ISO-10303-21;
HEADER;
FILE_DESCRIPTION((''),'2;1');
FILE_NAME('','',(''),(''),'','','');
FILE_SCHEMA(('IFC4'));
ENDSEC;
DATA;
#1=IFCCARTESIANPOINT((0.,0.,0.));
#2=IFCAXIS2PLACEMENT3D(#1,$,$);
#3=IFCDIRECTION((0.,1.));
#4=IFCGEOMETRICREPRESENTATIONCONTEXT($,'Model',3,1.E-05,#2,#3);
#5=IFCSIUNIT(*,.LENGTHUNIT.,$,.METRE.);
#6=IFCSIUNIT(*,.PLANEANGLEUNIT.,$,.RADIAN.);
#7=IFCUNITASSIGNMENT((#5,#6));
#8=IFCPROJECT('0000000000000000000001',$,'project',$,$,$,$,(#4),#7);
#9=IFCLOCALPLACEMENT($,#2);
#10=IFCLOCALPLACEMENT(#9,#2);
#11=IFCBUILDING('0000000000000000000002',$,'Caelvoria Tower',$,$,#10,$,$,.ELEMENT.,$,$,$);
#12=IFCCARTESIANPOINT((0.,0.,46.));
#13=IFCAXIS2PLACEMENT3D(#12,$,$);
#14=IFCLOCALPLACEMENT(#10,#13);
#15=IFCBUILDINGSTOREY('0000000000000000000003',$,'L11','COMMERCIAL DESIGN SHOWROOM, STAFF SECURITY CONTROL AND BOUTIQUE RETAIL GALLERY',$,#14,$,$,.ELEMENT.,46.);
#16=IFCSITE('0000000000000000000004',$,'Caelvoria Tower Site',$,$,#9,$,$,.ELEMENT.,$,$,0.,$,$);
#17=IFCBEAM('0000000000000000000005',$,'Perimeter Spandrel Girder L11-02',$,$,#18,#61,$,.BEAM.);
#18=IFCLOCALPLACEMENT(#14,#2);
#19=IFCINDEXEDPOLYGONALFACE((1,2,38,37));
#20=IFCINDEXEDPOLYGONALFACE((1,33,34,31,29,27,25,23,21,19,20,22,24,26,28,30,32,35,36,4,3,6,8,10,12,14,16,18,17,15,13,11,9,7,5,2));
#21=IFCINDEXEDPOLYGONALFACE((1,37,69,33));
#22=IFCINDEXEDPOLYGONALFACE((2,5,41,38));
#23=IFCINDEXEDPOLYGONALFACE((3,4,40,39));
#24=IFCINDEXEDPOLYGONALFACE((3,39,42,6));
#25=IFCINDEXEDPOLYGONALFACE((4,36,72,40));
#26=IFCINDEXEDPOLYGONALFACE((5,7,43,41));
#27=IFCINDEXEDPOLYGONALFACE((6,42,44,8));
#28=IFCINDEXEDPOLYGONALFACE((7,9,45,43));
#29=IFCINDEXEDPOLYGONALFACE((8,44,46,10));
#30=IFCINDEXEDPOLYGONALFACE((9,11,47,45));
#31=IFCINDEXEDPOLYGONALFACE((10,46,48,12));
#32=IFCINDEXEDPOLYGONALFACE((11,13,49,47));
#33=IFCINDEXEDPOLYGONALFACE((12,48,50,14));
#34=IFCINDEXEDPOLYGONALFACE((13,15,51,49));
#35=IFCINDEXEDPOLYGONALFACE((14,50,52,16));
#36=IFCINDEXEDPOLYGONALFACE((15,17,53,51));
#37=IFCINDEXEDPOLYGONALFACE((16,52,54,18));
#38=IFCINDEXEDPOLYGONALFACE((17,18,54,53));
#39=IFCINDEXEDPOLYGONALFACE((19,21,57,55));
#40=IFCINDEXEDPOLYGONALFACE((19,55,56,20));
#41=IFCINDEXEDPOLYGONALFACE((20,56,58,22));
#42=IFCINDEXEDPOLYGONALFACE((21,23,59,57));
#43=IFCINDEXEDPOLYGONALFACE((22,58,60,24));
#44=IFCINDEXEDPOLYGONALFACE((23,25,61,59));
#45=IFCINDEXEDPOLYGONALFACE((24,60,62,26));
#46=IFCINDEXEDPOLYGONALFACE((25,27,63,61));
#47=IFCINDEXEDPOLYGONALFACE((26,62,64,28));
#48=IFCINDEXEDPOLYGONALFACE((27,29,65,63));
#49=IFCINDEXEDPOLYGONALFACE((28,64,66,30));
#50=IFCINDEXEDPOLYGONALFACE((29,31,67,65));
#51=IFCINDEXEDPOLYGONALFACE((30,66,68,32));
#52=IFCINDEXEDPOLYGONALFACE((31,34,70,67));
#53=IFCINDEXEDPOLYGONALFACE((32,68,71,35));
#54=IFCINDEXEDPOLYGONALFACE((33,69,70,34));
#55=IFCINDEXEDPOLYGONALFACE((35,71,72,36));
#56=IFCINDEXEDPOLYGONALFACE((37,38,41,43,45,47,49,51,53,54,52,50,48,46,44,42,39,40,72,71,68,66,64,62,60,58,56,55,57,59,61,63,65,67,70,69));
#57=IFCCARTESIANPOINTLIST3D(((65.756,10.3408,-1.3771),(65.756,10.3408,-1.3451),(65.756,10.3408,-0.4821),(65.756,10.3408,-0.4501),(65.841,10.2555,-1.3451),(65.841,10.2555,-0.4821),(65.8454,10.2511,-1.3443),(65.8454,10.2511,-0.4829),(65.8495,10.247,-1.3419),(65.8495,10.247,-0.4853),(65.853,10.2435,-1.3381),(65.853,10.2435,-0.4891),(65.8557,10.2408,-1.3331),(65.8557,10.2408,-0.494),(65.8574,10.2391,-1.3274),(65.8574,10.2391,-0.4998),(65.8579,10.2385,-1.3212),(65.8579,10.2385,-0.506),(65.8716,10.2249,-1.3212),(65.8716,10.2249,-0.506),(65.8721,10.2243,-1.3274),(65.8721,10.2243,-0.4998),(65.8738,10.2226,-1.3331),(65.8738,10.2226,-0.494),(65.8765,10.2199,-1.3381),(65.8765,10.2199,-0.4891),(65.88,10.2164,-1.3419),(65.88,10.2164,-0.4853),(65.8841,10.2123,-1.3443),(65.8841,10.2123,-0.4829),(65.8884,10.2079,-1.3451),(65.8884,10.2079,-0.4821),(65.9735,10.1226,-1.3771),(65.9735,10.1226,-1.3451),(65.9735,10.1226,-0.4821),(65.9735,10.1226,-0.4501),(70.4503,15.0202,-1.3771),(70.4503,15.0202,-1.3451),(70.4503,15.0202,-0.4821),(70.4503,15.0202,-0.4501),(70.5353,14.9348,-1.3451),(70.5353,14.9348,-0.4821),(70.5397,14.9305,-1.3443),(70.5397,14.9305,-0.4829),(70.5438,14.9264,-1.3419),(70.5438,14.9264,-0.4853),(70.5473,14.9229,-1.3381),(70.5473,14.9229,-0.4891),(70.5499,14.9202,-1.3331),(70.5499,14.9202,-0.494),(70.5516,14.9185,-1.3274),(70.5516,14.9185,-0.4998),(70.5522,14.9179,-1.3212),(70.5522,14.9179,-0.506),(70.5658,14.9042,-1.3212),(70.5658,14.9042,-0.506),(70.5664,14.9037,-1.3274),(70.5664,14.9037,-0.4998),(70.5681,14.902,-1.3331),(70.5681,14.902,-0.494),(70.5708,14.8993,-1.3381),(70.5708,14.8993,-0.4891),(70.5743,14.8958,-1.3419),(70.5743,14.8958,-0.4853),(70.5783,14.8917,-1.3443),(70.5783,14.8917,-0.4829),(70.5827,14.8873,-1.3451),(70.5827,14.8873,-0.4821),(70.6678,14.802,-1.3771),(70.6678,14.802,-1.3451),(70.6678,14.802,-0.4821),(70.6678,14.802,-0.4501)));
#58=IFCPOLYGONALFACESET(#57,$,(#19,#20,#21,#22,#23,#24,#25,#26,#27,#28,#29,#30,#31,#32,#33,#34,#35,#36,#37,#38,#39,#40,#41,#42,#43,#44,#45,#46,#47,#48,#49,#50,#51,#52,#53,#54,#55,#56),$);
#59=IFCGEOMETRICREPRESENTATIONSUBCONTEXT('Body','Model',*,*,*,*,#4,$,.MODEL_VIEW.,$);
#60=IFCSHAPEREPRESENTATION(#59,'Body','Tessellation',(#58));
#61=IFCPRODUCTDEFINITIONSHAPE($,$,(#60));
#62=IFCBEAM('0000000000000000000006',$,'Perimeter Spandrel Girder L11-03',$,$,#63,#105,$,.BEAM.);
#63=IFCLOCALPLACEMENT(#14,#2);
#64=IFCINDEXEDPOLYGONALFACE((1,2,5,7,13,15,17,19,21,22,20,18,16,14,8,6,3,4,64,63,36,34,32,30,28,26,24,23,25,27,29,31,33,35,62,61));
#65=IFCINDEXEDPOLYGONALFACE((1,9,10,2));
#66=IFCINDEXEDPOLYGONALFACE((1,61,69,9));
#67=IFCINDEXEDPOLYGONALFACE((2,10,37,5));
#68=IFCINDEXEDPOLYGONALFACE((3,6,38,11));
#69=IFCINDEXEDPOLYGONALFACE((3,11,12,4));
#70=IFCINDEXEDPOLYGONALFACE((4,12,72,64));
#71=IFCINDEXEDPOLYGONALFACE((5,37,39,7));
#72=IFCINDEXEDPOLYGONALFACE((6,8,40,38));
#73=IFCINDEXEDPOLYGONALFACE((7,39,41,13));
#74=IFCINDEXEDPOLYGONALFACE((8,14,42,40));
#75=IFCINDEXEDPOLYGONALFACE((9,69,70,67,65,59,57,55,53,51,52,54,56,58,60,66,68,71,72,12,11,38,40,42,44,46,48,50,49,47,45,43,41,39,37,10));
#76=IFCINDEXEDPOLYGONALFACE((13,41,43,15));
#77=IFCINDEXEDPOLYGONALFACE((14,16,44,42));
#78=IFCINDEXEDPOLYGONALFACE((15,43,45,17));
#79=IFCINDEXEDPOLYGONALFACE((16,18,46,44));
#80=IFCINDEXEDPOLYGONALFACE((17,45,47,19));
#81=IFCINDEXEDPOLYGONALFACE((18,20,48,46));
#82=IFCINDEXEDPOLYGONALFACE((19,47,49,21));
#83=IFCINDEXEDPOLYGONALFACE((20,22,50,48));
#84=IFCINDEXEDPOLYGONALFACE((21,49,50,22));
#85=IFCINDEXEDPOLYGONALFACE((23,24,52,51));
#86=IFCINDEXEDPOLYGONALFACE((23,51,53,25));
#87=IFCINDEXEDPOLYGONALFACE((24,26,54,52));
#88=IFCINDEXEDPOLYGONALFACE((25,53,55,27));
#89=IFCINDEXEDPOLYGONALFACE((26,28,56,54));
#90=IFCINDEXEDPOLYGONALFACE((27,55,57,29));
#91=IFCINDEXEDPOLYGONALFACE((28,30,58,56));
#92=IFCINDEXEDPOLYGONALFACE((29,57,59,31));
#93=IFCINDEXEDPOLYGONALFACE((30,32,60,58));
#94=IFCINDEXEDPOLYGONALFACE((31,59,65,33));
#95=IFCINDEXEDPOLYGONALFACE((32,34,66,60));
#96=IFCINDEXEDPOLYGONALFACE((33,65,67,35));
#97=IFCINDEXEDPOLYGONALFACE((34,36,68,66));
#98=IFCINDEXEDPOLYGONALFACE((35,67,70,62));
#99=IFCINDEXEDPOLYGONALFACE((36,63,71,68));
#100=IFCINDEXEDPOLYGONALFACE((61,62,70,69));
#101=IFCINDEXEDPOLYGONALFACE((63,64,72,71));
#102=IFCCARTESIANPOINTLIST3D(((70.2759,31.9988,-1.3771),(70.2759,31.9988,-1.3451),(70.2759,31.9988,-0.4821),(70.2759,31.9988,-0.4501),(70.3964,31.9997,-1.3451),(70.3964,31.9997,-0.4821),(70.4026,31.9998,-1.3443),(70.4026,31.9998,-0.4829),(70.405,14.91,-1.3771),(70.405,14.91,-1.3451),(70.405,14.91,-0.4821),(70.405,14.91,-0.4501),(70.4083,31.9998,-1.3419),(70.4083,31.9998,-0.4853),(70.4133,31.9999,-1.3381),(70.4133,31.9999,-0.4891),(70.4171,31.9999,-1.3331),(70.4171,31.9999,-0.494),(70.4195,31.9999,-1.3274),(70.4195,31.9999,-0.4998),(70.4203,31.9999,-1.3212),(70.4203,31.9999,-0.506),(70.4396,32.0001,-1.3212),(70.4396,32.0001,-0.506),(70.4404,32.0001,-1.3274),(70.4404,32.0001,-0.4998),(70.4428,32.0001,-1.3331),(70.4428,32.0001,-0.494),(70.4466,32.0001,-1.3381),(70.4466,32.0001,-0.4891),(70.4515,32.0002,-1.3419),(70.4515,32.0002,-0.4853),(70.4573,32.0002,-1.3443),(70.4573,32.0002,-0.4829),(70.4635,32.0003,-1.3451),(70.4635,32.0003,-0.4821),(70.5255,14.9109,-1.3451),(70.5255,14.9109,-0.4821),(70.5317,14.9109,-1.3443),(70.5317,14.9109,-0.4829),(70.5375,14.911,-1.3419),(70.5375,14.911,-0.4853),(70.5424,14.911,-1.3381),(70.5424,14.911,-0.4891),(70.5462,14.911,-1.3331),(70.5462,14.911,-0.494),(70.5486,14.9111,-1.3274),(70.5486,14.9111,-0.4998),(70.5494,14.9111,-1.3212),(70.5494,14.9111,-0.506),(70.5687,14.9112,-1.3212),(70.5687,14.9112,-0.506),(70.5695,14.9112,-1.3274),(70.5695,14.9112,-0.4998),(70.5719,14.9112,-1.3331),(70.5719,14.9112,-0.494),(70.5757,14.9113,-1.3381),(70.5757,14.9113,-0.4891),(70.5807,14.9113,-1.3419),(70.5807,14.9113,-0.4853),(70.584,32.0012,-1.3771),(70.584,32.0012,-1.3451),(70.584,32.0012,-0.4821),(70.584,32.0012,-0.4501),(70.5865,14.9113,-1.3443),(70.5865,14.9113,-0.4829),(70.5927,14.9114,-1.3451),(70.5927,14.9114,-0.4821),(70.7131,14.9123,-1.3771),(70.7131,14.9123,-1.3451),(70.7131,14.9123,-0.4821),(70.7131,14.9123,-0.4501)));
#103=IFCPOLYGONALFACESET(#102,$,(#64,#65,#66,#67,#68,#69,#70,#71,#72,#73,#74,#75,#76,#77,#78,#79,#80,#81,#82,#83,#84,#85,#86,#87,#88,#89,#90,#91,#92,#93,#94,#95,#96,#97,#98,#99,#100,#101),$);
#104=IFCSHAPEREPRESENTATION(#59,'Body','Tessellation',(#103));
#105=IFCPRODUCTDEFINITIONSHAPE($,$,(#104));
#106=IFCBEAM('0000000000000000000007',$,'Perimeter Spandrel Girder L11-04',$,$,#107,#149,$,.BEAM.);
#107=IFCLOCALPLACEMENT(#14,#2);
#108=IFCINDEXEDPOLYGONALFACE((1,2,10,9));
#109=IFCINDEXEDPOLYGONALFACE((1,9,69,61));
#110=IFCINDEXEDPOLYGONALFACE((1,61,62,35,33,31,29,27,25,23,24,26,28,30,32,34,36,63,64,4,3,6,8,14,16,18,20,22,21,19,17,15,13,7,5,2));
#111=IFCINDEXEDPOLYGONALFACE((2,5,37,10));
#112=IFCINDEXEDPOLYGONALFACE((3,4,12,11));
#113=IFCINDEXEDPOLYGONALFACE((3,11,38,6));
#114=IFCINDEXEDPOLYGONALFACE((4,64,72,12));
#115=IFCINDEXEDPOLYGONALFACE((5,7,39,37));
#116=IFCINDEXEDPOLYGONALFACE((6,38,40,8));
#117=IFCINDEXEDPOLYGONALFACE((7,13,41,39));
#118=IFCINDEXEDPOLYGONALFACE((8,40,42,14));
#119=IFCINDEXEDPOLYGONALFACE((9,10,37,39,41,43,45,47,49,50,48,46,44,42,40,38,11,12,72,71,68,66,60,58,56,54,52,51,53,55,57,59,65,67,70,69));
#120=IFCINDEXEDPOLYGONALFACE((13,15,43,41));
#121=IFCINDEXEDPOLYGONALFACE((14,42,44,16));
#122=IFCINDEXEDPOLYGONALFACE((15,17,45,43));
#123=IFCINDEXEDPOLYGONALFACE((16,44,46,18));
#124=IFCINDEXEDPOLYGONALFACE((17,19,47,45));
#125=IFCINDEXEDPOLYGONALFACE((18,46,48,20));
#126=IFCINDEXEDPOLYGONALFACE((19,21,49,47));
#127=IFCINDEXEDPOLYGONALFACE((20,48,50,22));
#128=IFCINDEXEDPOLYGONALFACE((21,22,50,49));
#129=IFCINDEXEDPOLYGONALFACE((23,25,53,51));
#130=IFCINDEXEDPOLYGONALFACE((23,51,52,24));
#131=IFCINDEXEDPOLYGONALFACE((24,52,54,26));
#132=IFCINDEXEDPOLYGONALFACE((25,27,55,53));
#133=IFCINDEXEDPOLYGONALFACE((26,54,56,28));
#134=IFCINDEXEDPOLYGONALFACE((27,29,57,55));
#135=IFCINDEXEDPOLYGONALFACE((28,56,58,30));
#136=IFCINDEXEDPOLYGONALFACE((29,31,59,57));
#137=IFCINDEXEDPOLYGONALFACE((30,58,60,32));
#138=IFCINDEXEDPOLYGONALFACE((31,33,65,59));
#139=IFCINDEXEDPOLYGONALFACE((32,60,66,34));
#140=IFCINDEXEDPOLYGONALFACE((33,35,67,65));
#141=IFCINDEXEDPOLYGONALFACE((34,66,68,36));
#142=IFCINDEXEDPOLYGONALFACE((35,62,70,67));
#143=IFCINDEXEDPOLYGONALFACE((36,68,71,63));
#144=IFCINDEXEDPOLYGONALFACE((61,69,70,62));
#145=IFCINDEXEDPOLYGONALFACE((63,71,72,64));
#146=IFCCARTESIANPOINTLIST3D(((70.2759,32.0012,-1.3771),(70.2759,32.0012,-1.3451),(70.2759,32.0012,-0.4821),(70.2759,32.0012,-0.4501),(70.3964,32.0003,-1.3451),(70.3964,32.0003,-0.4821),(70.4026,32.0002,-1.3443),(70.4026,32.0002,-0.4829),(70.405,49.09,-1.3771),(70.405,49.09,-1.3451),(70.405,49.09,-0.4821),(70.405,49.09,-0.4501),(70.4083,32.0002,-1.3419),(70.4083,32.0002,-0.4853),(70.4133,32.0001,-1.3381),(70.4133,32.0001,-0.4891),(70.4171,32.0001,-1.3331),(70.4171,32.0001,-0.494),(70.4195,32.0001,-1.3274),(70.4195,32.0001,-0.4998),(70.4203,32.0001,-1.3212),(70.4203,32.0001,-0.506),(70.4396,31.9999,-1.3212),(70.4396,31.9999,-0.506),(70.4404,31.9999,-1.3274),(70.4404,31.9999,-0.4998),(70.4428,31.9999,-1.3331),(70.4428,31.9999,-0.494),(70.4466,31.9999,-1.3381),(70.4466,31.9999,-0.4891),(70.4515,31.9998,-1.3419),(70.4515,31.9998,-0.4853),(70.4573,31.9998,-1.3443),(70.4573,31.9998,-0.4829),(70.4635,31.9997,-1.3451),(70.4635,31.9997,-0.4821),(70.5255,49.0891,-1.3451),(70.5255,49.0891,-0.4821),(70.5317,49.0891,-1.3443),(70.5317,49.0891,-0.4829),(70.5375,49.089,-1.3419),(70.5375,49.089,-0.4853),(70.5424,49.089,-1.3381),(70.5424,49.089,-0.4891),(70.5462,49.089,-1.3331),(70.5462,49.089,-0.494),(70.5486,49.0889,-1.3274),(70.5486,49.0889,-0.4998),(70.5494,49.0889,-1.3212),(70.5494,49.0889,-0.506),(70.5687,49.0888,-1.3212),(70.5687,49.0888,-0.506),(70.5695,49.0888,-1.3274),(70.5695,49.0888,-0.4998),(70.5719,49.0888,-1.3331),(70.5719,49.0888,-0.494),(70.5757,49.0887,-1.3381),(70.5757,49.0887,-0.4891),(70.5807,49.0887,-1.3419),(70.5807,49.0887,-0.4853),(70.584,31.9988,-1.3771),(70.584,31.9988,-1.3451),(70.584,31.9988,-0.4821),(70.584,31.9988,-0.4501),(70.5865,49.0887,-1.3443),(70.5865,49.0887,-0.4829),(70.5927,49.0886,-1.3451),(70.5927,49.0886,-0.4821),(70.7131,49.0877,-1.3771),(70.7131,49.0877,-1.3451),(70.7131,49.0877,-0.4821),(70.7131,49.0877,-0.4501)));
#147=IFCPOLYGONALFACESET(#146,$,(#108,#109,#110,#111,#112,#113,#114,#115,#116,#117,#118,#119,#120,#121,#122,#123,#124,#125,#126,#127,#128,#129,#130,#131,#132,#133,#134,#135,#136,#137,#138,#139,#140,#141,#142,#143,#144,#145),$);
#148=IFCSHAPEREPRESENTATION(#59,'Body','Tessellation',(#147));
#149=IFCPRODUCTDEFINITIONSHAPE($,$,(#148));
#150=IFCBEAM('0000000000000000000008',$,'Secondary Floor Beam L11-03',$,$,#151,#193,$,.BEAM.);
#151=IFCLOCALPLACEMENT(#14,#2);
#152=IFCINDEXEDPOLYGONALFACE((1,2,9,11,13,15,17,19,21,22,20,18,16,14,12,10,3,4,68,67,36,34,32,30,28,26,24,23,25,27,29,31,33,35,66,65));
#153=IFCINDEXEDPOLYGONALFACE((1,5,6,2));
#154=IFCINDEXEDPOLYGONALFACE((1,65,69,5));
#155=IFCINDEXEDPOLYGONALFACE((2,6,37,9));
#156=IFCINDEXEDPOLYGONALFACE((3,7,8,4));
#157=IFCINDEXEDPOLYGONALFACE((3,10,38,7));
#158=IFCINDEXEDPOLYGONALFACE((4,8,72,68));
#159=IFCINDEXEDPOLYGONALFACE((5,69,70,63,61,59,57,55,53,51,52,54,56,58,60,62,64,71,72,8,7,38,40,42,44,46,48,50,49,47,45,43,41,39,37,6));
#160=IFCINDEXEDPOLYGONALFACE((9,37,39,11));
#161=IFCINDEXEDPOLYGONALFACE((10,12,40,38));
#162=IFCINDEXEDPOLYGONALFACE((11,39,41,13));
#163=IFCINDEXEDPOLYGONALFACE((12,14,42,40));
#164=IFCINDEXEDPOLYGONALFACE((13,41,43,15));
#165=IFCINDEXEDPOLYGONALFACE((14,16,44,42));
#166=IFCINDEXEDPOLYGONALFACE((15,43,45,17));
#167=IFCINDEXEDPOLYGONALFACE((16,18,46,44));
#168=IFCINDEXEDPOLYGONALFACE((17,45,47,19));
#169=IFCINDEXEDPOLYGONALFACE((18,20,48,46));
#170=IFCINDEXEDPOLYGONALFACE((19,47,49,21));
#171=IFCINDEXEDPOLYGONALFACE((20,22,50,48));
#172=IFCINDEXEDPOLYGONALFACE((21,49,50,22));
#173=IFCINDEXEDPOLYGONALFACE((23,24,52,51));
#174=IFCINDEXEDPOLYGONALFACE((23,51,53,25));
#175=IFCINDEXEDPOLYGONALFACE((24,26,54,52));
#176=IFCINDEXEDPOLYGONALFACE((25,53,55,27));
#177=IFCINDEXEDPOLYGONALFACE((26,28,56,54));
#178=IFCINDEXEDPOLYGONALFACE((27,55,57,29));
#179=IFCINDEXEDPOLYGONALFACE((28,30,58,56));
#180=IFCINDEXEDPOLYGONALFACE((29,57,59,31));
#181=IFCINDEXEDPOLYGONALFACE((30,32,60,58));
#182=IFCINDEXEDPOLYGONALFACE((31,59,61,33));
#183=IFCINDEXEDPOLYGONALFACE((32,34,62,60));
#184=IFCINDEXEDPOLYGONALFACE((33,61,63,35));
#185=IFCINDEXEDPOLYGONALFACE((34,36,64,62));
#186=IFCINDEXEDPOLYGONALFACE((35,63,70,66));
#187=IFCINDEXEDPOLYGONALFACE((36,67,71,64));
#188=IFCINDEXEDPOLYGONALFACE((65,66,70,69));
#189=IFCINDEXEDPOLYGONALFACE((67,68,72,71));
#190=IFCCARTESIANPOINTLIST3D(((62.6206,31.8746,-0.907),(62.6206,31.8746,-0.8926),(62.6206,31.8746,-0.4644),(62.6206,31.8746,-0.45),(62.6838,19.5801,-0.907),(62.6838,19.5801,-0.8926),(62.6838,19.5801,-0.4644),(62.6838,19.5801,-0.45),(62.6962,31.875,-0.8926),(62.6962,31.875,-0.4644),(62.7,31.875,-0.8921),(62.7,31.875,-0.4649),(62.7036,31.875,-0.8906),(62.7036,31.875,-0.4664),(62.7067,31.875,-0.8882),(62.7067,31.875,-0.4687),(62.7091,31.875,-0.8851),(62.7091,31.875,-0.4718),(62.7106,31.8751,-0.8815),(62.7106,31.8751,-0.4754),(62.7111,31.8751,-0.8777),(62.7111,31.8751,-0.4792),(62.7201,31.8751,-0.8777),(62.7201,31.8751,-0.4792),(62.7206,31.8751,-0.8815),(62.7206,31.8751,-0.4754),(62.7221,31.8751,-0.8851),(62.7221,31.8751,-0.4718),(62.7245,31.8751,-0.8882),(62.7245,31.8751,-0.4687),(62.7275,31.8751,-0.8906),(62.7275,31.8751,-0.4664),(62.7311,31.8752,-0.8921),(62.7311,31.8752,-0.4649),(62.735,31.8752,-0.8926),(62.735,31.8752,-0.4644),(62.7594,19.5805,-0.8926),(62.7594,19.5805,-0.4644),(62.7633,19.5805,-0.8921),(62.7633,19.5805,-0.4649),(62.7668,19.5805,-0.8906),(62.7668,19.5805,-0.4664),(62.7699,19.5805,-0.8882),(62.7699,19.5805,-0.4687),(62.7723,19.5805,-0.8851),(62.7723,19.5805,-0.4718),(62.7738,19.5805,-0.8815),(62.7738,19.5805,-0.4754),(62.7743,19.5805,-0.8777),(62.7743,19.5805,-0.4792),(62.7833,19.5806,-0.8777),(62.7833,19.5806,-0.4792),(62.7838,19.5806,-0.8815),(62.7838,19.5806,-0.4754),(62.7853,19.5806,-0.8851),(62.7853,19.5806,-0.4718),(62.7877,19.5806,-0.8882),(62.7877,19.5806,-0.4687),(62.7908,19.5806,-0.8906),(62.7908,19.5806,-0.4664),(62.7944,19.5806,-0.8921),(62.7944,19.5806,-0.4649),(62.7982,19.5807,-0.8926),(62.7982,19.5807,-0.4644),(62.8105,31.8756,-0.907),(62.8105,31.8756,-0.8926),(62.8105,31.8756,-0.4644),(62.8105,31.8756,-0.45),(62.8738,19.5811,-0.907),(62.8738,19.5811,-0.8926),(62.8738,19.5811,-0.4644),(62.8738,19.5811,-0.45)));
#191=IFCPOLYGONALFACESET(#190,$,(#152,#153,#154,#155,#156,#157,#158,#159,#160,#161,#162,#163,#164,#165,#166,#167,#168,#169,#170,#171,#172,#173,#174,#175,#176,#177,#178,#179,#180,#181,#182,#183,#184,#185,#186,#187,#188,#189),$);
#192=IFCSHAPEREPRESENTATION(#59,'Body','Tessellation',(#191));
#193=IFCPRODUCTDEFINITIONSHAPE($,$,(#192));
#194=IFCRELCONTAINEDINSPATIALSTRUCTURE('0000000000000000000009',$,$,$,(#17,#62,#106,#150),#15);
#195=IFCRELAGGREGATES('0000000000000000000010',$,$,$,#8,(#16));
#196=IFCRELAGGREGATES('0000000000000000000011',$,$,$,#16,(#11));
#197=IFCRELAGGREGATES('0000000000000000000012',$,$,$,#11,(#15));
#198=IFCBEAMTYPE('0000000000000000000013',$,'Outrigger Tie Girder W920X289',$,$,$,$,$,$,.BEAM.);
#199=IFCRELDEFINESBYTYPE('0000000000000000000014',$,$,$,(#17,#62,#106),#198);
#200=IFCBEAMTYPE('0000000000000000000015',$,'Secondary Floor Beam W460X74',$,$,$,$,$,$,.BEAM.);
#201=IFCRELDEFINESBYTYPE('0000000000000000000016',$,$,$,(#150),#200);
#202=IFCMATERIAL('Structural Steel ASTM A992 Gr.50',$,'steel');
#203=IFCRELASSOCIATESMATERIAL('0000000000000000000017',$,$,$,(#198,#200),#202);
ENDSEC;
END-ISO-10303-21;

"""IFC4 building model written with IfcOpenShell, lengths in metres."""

from ifc_helpers import new_model, si_unit, direction, frame, origin, origin_2d, place, context, subcontext, project, spatial, i_section, extrude, material, material_profile, profile_set, type_object, element, save


model = new_model("IFC4")

# Units and contexts
model_context = context("Model", 3, precision=1e-05, world=origin(), true_north=direction((0.0, 1.0)))
body_context = subcontext(model_context, "Body", "Model", "MODEL_VIEW")
ifc_project = project(units=[si_unit("LENGTHUNIT", "METRE"), si_unit("PLANEANGLEUNIT", "RADIAN")], contexts=[model_context])

# Site, building, storey
site_placement = place(None, origin())
site = spatial("IfcSite", under=ifc_project, at=site_placement, Name="Caelvoria Tower Site", CompositionType="ELEMENT", RefElevation=0.0)
building_placement = place(site_placement, origin())
building = spatial("IfcBuilding", under=site, at=building_placement, Name="Caelvoria Tower", CompositionType="ELEMENT")
storey_placement = place(building_placement, frame((0.0, 0.0, 46.0)))
storey = spatial("IfcBuildingStorey", under=building, at=storey_placement, Name="L11", Description="COMMERCIAL DESIGN SHOWROOM, STAFF SECURITY CONTROL AND BOUTIQUE RETAIL GALLERY", CompositionType="ELEMENT", Elevation=46.0)

# Beams
ifc_material_1 = material(Name="Structural Steel ASTM A992 Gr.50", Category="steel")
ifc_material_profile_1 = material_profile(ifc_material_1, i_section(OverallWidth=0.3081, OverallDepth=0.927, WebThickness=0.0193, FlangeThickness=0.032, FilletRadius=0.0239, at=origin_2d()), Name="Structural Steel ASTM A992 Gr.50")
ifc_profile_set_1 = profile_set([ifc_material_profile_1], Name="W920X289 - Structural Steel ASTM A992 Gr.50")
beam_type_1 = type_object("IfcBeamType", Name="Outrigger Tie Girder W920X289", PredefinedType="BEAM", material=ifc_profile_set_1)
beam_1_placement = place(storey_placement, frame((65.8647, 10.2317, -0.9136), z_axis=(0.708229, 0.705982, 0.0), x_axis=(-0.705982, 0.708229, 0.0)))
element("IfcBeam", 1, at=beam_1_placement, inside=storey, type_object=beam_type_1, Name="Perimeter Spandrel Girder L11-02", PredefinedType="BEAM", context=body_context, shape_type="SweptSolid", body=[
    extrude(i_section(OverallWidth=0.3081, OverallDepth=0.927, WebThickness=0.0193, FlangeThickness=0.032, FilletRadius=0.0239, at=origin_2d()), origin(), (0.0, 0.0, 1.0), 6.6282),
])
for number, where, z_axis, x_axis, name in (
    (2, (70.5591, 14.9111, -0.9136), (-0.007557, 0.999971, 0.0), (-0.999971, -0.007557, 0.0), "Perimeter Spandrel Girder L11-03"),
    (3, (70.4299, 32.0, -0.9136), (0.007557, 0.999971, 0.0), (-0.999971, 0.007557, 0.0), "Perimeter Spandrel Girder L11-04"),
):
    element("IfcBeam", number, at=place(storey_placement, frame(where, z_axis=z_axis, x_axis=x_axis)), inside=storey, type_object=beam_type_1, Name=name, PredefinedType="BEAM", context=body_context, shape_type="SweptSolid", body=[
        extrude(i_section(OverallWidth=0.3081, OverallDepth=0.927, WebThickness=0.0193, FlangeThickness=0.032, FilletRadius=0.0239, at=origin_2d()), origin(), (0.0, 0.0, 1.0), 17.0894),
    ])
ifc_material_profile_2 = material_profile(ifc_material_1, i_section(OverallWidth=0.1899, OverallDepth=0.457, WebThickness=0.009, FlangeThickness=0.0144, FilletRadius=0.0149, at=origin_2d()), Name="Structural Steel ASTM A992 Gr.50")
ifc_profile_set_2 = profile_set([ifc_material_profile_2], Name="W460X74 - Structural Steel ASTM A992 Gr.50")
beam_type_2 = type_object("IfcBeamType", Name="Secondary Floor Beam W460X74", PredefinedType="BEAM", material=ifc_profile_set_2)
beam_2_placement = place(storey_placement, frame((62.7788, 19.5806, -0.6785), z_axis=(-0.005143, 0.999987, 0.0), x_axis=(-0.999987, -0.005143, 0.0)))
element("IfcBeam", 4, at=beam_2_placement, inside=storey, type_object=beam_type_2, Name="Secondary Floor Beam L11-03", PredefinedType="BEAM", context=body_context, shape_type="SweptSolid", body=[
    extrude(i_section(OverallWidth=0.1899, OverallDepth=0.457, WebThickness=0.009, FlangeThickness=0.0144, FilletRadius=0.0149, at=origin_2d()), origin(), (0.0, 0.0, 1.0), 12.2947),
])

save(model, "model.ifc")
